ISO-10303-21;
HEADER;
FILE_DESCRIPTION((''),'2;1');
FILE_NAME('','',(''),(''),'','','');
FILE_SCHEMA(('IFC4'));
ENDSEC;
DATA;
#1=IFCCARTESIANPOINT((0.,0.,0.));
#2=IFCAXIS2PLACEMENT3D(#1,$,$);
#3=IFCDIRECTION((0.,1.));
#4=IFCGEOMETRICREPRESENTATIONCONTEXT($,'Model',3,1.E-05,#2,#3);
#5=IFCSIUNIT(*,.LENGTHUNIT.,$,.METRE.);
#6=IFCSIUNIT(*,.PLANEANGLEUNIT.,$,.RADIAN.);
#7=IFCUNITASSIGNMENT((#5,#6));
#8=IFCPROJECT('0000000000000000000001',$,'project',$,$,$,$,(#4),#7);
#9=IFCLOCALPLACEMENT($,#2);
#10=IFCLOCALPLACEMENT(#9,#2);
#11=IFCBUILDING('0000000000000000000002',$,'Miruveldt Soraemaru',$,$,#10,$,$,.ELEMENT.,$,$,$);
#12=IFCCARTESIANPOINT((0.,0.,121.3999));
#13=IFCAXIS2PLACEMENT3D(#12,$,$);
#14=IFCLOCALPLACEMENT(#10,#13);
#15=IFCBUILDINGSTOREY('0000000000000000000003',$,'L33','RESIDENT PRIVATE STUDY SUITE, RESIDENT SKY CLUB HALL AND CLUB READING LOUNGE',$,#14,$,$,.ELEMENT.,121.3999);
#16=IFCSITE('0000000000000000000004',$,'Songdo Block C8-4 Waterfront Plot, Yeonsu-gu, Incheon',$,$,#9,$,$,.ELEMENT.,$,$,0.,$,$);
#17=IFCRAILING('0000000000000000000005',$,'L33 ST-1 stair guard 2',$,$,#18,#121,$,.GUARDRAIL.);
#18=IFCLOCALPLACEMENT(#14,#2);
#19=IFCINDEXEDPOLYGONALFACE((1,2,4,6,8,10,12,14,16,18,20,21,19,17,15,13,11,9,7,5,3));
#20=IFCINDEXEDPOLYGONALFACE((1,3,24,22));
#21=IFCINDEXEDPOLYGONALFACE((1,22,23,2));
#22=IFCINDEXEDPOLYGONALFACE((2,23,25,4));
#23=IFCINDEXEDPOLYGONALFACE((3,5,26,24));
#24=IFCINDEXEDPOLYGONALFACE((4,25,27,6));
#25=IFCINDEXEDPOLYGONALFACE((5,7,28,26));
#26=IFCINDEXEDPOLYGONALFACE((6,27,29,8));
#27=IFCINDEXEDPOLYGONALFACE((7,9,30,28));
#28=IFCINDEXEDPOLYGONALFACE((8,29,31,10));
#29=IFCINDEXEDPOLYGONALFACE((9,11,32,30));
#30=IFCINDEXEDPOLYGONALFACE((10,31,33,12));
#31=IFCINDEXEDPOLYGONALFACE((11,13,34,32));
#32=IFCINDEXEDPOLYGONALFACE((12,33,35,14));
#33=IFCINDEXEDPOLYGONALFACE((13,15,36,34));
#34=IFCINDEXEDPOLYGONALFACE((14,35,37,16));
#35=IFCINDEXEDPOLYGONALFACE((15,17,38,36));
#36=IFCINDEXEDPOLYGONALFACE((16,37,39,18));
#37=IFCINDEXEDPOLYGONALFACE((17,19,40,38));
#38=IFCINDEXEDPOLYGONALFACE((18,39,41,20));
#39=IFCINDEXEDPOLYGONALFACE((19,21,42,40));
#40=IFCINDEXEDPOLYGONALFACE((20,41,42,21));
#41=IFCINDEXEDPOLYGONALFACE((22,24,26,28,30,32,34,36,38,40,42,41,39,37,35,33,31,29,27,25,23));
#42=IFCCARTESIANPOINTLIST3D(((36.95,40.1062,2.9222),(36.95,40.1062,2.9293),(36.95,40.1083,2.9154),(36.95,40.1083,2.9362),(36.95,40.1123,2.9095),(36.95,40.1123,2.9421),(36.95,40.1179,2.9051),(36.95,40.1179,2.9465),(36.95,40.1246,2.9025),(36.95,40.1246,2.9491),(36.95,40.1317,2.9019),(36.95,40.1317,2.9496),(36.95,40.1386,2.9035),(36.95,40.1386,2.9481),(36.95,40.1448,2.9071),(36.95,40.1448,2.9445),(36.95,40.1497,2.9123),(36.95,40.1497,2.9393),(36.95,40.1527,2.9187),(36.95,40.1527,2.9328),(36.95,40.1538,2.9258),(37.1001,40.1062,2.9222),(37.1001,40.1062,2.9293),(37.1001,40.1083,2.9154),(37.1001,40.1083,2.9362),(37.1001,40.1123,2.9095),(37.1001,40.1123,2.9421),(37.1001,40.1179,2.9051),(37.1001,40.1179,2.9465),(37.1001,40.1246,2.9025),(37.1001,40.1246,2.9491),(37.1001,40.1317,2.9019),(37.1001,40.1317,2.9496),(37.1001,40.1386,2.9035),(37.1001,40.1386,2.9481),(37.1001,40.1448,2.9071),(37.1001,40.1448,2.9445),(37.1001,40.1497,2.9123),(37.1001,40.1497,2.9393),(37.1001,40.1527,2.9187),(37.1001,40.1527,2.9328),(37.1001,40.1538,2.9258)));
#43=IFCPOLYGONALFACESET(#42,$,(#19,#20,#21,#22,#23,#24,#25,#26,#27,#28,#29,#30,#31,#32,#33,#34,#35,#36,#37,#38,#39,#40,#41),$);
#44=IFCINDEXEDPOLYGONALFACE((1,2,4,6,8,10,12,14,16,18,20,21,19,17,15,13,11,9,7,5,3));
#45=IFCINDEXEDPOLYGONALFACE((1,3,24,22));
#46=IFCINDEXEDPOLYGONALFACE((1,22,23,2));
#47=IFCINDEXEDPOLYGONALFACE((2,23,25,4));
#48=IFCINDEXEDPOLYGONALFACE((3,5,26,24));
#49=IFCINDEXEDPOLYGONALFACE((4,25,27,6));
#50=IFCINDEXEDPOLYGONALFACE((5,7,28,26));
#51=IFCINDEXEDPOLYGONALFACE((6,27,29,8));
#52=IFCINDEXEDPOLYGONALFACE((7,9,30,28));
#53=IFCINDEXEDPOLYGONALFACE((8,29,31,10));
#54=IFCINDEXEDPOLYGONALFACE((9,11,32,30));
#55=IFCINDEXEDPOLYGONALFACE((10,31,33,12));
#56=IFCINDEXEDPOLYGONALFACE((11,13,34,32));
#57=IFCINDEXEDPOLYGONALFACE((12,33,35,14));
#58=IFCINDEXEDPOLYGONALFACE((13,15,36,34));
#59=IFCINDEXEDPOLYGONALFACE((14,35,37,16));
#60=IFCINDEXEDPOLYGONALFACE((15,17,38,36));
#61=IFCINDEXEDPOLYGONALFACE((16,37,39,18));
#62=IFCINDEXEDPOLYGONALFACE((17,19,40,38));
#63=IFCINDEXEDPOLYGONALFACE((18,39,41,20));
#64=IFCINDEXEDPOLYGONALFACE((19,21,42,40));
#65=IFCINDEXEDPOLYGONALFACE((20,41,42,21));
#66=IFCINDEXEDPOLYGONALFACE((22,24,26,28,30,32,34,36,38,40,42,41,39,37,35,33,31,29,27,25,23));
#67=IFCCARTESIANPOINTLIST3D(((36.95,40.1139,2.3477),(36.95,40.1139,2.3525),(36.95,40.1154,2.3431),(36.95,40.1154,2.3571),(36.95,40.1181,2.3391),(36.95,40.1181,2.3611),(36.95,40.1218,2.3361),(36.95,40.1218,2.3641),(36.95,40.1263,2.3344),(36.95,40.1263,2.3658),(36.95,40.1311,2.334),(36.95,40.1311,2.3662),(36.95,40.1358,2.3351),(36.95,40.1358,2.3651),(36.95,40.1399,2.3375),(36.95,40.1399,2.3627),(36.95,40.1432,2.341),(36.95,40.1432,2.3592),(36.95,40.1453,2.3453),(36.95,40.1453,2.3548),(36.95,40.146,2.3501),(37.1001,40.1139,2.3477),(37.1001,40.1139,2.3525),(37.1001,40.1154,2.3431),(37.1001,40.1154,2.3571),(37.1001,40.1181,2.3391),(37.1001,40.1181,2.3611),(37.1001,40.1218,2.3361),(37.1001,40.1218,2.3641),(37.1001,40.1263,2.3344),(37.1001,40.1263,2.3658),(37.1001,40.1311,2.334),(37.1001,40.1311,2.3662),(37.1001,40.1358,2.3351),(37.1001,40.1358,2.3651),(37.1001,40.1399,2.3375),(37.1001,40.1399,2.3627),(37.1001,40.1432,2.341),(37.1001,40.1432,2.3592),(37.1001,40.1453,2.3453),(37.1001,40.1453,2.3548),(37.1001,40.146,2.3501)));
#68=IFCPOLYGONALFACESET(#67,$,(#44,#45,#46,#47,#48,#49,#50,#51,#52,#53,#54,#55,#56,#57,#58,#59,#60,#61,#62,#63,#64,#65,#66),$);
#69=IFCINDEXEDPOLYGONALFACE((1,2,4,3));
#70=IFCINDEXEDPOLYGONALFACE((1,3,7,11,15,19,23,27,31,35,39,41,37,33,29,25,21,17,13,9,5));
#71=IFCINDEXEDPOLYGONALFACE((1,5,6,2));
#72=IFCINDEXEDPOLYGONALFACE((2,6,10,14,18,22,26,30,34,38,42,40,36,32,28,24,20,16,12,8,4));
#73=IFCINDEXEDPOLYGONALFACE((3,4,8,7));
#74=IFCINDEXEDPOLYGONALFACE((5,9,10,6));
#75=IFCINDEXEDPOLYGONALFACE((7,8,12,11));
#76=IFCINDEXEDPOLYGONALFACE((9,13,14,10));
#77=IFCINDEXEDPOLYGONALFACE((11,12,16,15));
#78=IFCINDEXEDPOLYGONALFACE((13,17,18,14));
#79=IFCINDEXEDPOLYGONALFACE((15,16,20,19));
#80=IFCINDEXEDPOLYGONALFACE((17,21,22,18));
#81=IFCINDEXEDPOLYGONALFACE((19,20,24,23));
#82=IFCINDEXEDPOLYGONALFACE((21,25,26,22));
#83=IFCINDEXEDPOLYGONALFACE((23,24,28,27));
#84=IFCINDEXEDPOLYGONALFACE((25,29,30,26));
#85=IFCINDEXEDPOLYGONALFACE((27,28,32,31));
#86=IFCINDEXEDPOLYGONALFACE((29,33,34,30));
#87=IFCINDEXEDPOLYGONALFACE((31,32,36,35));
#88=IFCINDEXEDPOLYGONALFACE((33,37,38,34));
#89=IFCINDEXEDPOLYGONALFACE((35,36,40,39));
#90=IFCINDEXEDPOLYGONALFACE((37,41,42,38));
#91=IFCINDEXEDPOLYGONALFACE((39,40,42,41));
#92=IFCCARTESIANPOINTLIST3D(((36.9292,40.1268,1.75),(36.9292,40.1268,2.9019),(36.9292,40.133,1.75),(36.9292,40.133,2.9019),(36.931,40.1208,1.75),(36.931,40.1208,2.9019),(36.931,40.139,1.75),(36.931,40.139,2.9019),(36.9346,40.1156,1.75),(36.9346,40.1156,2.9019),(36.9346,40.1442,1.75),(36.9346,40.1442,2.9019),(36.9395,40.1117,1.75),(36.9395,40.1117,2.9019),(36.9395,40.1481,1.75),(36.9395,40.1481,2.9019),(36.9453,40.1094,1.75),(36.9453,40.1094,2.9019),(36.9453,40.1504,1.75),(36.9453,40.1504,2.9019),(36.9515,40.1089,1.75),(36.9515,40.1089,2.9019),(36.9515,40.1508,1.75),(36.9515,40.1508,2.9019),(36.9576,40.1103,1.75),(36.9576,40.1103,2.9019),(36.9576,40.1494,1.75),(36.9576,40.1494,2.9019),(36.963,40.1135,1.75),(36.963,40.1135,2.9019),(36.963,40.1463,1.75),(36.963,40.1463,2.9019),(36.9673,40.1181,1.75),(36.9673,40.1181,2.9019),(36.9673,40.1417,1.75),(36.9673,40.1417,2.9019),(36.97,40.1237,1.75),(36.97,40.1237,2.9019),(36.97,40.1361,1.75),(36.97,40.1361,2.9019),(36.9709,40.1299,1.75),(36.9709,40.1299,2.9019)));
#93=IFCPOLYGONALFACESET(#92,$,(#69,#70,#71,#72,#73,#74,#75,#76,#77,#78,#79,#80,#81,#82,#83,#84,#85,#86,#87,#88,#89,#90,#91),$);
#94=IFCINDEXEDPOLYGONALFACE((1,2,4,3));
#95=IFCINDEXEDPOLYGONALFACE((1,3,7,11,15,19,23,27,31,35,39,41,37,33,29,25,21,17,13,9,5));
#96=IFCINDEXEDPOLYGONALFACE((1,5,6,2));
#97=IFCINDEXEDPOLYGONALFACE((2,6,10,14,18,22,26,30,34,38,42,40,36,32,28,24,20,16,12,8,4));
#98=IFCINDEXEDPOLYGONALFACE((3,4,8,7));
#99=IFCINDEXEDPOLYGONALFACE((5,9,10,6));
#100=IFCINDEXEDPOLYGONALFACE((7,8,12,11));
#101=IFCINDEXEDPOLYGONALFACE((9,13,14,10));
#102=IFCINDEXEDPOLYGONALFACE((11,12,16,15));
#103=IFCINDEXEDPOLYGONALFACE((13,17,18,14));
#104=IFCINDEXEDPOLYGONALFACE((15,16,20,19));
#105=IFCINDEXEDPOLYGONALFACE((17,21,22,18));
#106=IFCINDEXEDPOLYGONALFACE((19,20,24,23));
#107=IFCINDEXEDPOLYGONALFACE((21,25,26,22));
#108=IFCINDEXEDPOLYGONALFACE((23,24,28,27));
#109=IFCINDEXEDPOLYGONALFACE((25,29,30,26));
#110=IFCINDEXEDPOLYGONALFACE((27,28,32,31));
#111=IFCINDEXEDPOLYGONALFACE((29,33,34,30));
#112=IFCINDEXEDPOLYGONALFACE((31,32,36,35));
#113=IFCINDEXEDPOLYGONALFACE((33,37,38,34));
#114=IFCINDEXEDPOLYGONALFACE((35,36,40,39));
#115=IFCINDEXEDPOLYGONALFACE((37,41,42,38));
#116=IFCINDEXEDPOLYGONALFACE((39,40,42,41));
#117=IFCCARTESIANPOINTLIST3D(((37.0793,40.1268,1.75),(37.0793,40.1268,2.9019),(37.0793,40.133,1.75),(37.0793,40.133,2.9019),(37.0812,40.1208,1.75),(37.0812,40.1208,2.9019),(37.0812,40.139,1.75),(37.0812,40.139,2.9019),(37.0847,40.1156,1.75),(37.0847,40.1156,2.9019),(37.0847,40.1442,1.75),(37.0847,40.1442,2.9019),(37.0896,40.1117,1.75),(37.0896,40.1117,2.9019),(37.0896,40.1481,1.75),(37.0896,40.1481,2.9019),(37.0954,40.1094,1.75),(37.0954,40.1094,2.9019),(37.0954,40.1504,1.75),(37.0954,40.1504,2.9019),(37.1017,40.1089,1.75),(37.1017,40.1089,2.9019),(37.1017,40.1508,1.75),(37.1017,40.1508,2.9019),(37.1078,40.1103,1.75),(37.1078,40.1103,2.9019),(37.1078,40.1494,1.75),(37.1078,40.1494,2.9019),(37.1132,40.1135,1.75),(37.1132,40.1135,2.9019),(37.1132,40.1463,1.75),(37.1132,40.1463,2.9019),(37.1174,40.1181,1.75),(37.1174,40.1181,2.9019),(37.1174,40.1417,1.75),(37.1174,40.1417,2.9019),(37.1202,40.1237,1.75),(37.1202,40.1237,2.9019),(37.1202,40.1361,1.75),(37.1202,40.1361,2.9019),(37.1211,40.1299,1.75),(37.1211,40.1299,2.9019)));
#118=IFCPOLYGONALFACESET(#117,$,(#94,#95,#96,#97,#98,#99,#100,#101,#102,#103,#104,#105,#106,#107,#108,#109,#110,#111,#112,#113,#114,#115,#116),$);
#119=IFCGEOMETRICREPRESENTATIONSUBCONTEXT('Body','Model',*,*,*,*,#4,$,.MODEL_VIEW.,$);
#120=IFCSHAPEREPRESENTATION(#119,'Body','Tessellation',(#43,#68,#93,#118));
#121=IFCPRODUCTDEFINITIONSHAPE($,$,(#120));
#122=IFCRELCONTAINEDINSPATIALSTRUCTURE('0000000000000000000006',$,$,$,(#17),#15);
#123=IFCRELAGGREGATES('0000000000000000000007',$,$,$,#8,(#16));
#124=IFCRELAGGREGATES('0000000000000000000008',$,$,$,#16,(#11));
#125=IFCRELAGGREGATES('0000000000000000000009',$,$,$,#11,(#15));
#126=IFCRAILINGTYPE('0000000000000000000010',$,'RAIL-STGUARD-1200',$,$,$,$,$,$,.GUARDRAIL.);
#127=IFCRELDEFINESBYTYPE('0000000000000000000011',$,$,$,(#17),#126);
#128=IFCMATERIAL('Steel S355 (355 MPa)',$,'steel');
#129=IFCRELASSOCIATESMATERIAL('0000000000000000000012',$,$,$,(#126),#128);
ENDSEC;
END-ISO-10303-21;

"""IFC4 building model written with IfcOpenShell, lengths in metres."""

from ifc_helpers import new_model, si_unit, direction, frame, origin, origin_2d, place, context, subcontext, project, spatial, circle, extrude, material, type_object, element, save


model = new_model("IFC4")

# Units and contexts
model_context = context("Model", 3, precision=1e-05, world=origin(), true_north=direction((0.0, 1.0)))
body_context = subcontext(model_context, "Body", "Model", "MODEL_VIEW")
ifc_project = project(units=[si_unit("LENGTHUNIT", "METRE"), si_unit("PLANEANGLEUNIT", "RADIAN")], contexts=[model_context])

# Site, building, storey
site_placement = place(None, origin())
site = spatial("IfcSite", under=ifc_project, at=site_placement, Name="Songdo Block C8-4 Waterfront Plot, Yeonsu-gu, Incheon", CompositionType="ELEMENT", RefElevation=0.0)
building_placement = place(site_placement, origin())
building = spatial("IfcBuilding", under=site, at=building_placement, Name="Miruveldt Soraemaru", CompositionType="ELEMENT")
storey_placement = place(building_placement, frame((0.0, 0.0, 121.3999)))
storey = spatial("IfcBuildingStorey", under=building, at=storey_placement, Name="L33", Description="RESIDENT PRIVATE STUDY SUITE, RESIDENT SKY CLUB HALL AND CLUB READING LOUNGE", CompositionType="ELEMENT", Elevation=121.3999)

# Railing
ifc_material_1 = material(Name="Steel S355 (355 MPa)", Category="steel")
railing_type_1 = type_object("IfcRailingType", Name="RAIL-STGUARD-1200", PredefinedType="GUARDRAIL", material=ifc_material_1)
railing_1_placement = place(storey_placement, frame((36.95, 40.1299, 1.75)))
element("IfcRailing", 1, at=railing_1_placement, inside=storey, type_object=railing_type_1, Name="L33 ST-1 stair guard 2", PredefinedType="GUARDRAIL", context=body_context, shape_type="SweptSolid", body=[
    extrude(circle(Radius=0.0239, at=origin_2d()), frame((0.0, 0.0, 1.1758), z_axis=(1.0, 0.0, 0.0), x_axis=(0.0, 1.0, 0.0)), (0.0, 0.0, 1.0), 0.1501),
    extrude(circle(Radius=0.0161, at=origin_2d()), frame((0.0, 0.0, 0.6001), z_axis=(1.0, 0.0, 0.0), x_axis=(0.0, 1.0, 0.0)), (0.0, 0.0, 1.0), 0.1501),
    extrude(circle(Radius=0.021, at=origin_2d()), origin(), (0.0, 0.0, 1.0), 1.1519),
    extrude(circle(Radius=0.021, at=origin_2d()), frame((0.1501, 0.0, 0.0)), (0.0, 0.0, 1.0), 1.1519),
])

save(model, "model.ifc")
